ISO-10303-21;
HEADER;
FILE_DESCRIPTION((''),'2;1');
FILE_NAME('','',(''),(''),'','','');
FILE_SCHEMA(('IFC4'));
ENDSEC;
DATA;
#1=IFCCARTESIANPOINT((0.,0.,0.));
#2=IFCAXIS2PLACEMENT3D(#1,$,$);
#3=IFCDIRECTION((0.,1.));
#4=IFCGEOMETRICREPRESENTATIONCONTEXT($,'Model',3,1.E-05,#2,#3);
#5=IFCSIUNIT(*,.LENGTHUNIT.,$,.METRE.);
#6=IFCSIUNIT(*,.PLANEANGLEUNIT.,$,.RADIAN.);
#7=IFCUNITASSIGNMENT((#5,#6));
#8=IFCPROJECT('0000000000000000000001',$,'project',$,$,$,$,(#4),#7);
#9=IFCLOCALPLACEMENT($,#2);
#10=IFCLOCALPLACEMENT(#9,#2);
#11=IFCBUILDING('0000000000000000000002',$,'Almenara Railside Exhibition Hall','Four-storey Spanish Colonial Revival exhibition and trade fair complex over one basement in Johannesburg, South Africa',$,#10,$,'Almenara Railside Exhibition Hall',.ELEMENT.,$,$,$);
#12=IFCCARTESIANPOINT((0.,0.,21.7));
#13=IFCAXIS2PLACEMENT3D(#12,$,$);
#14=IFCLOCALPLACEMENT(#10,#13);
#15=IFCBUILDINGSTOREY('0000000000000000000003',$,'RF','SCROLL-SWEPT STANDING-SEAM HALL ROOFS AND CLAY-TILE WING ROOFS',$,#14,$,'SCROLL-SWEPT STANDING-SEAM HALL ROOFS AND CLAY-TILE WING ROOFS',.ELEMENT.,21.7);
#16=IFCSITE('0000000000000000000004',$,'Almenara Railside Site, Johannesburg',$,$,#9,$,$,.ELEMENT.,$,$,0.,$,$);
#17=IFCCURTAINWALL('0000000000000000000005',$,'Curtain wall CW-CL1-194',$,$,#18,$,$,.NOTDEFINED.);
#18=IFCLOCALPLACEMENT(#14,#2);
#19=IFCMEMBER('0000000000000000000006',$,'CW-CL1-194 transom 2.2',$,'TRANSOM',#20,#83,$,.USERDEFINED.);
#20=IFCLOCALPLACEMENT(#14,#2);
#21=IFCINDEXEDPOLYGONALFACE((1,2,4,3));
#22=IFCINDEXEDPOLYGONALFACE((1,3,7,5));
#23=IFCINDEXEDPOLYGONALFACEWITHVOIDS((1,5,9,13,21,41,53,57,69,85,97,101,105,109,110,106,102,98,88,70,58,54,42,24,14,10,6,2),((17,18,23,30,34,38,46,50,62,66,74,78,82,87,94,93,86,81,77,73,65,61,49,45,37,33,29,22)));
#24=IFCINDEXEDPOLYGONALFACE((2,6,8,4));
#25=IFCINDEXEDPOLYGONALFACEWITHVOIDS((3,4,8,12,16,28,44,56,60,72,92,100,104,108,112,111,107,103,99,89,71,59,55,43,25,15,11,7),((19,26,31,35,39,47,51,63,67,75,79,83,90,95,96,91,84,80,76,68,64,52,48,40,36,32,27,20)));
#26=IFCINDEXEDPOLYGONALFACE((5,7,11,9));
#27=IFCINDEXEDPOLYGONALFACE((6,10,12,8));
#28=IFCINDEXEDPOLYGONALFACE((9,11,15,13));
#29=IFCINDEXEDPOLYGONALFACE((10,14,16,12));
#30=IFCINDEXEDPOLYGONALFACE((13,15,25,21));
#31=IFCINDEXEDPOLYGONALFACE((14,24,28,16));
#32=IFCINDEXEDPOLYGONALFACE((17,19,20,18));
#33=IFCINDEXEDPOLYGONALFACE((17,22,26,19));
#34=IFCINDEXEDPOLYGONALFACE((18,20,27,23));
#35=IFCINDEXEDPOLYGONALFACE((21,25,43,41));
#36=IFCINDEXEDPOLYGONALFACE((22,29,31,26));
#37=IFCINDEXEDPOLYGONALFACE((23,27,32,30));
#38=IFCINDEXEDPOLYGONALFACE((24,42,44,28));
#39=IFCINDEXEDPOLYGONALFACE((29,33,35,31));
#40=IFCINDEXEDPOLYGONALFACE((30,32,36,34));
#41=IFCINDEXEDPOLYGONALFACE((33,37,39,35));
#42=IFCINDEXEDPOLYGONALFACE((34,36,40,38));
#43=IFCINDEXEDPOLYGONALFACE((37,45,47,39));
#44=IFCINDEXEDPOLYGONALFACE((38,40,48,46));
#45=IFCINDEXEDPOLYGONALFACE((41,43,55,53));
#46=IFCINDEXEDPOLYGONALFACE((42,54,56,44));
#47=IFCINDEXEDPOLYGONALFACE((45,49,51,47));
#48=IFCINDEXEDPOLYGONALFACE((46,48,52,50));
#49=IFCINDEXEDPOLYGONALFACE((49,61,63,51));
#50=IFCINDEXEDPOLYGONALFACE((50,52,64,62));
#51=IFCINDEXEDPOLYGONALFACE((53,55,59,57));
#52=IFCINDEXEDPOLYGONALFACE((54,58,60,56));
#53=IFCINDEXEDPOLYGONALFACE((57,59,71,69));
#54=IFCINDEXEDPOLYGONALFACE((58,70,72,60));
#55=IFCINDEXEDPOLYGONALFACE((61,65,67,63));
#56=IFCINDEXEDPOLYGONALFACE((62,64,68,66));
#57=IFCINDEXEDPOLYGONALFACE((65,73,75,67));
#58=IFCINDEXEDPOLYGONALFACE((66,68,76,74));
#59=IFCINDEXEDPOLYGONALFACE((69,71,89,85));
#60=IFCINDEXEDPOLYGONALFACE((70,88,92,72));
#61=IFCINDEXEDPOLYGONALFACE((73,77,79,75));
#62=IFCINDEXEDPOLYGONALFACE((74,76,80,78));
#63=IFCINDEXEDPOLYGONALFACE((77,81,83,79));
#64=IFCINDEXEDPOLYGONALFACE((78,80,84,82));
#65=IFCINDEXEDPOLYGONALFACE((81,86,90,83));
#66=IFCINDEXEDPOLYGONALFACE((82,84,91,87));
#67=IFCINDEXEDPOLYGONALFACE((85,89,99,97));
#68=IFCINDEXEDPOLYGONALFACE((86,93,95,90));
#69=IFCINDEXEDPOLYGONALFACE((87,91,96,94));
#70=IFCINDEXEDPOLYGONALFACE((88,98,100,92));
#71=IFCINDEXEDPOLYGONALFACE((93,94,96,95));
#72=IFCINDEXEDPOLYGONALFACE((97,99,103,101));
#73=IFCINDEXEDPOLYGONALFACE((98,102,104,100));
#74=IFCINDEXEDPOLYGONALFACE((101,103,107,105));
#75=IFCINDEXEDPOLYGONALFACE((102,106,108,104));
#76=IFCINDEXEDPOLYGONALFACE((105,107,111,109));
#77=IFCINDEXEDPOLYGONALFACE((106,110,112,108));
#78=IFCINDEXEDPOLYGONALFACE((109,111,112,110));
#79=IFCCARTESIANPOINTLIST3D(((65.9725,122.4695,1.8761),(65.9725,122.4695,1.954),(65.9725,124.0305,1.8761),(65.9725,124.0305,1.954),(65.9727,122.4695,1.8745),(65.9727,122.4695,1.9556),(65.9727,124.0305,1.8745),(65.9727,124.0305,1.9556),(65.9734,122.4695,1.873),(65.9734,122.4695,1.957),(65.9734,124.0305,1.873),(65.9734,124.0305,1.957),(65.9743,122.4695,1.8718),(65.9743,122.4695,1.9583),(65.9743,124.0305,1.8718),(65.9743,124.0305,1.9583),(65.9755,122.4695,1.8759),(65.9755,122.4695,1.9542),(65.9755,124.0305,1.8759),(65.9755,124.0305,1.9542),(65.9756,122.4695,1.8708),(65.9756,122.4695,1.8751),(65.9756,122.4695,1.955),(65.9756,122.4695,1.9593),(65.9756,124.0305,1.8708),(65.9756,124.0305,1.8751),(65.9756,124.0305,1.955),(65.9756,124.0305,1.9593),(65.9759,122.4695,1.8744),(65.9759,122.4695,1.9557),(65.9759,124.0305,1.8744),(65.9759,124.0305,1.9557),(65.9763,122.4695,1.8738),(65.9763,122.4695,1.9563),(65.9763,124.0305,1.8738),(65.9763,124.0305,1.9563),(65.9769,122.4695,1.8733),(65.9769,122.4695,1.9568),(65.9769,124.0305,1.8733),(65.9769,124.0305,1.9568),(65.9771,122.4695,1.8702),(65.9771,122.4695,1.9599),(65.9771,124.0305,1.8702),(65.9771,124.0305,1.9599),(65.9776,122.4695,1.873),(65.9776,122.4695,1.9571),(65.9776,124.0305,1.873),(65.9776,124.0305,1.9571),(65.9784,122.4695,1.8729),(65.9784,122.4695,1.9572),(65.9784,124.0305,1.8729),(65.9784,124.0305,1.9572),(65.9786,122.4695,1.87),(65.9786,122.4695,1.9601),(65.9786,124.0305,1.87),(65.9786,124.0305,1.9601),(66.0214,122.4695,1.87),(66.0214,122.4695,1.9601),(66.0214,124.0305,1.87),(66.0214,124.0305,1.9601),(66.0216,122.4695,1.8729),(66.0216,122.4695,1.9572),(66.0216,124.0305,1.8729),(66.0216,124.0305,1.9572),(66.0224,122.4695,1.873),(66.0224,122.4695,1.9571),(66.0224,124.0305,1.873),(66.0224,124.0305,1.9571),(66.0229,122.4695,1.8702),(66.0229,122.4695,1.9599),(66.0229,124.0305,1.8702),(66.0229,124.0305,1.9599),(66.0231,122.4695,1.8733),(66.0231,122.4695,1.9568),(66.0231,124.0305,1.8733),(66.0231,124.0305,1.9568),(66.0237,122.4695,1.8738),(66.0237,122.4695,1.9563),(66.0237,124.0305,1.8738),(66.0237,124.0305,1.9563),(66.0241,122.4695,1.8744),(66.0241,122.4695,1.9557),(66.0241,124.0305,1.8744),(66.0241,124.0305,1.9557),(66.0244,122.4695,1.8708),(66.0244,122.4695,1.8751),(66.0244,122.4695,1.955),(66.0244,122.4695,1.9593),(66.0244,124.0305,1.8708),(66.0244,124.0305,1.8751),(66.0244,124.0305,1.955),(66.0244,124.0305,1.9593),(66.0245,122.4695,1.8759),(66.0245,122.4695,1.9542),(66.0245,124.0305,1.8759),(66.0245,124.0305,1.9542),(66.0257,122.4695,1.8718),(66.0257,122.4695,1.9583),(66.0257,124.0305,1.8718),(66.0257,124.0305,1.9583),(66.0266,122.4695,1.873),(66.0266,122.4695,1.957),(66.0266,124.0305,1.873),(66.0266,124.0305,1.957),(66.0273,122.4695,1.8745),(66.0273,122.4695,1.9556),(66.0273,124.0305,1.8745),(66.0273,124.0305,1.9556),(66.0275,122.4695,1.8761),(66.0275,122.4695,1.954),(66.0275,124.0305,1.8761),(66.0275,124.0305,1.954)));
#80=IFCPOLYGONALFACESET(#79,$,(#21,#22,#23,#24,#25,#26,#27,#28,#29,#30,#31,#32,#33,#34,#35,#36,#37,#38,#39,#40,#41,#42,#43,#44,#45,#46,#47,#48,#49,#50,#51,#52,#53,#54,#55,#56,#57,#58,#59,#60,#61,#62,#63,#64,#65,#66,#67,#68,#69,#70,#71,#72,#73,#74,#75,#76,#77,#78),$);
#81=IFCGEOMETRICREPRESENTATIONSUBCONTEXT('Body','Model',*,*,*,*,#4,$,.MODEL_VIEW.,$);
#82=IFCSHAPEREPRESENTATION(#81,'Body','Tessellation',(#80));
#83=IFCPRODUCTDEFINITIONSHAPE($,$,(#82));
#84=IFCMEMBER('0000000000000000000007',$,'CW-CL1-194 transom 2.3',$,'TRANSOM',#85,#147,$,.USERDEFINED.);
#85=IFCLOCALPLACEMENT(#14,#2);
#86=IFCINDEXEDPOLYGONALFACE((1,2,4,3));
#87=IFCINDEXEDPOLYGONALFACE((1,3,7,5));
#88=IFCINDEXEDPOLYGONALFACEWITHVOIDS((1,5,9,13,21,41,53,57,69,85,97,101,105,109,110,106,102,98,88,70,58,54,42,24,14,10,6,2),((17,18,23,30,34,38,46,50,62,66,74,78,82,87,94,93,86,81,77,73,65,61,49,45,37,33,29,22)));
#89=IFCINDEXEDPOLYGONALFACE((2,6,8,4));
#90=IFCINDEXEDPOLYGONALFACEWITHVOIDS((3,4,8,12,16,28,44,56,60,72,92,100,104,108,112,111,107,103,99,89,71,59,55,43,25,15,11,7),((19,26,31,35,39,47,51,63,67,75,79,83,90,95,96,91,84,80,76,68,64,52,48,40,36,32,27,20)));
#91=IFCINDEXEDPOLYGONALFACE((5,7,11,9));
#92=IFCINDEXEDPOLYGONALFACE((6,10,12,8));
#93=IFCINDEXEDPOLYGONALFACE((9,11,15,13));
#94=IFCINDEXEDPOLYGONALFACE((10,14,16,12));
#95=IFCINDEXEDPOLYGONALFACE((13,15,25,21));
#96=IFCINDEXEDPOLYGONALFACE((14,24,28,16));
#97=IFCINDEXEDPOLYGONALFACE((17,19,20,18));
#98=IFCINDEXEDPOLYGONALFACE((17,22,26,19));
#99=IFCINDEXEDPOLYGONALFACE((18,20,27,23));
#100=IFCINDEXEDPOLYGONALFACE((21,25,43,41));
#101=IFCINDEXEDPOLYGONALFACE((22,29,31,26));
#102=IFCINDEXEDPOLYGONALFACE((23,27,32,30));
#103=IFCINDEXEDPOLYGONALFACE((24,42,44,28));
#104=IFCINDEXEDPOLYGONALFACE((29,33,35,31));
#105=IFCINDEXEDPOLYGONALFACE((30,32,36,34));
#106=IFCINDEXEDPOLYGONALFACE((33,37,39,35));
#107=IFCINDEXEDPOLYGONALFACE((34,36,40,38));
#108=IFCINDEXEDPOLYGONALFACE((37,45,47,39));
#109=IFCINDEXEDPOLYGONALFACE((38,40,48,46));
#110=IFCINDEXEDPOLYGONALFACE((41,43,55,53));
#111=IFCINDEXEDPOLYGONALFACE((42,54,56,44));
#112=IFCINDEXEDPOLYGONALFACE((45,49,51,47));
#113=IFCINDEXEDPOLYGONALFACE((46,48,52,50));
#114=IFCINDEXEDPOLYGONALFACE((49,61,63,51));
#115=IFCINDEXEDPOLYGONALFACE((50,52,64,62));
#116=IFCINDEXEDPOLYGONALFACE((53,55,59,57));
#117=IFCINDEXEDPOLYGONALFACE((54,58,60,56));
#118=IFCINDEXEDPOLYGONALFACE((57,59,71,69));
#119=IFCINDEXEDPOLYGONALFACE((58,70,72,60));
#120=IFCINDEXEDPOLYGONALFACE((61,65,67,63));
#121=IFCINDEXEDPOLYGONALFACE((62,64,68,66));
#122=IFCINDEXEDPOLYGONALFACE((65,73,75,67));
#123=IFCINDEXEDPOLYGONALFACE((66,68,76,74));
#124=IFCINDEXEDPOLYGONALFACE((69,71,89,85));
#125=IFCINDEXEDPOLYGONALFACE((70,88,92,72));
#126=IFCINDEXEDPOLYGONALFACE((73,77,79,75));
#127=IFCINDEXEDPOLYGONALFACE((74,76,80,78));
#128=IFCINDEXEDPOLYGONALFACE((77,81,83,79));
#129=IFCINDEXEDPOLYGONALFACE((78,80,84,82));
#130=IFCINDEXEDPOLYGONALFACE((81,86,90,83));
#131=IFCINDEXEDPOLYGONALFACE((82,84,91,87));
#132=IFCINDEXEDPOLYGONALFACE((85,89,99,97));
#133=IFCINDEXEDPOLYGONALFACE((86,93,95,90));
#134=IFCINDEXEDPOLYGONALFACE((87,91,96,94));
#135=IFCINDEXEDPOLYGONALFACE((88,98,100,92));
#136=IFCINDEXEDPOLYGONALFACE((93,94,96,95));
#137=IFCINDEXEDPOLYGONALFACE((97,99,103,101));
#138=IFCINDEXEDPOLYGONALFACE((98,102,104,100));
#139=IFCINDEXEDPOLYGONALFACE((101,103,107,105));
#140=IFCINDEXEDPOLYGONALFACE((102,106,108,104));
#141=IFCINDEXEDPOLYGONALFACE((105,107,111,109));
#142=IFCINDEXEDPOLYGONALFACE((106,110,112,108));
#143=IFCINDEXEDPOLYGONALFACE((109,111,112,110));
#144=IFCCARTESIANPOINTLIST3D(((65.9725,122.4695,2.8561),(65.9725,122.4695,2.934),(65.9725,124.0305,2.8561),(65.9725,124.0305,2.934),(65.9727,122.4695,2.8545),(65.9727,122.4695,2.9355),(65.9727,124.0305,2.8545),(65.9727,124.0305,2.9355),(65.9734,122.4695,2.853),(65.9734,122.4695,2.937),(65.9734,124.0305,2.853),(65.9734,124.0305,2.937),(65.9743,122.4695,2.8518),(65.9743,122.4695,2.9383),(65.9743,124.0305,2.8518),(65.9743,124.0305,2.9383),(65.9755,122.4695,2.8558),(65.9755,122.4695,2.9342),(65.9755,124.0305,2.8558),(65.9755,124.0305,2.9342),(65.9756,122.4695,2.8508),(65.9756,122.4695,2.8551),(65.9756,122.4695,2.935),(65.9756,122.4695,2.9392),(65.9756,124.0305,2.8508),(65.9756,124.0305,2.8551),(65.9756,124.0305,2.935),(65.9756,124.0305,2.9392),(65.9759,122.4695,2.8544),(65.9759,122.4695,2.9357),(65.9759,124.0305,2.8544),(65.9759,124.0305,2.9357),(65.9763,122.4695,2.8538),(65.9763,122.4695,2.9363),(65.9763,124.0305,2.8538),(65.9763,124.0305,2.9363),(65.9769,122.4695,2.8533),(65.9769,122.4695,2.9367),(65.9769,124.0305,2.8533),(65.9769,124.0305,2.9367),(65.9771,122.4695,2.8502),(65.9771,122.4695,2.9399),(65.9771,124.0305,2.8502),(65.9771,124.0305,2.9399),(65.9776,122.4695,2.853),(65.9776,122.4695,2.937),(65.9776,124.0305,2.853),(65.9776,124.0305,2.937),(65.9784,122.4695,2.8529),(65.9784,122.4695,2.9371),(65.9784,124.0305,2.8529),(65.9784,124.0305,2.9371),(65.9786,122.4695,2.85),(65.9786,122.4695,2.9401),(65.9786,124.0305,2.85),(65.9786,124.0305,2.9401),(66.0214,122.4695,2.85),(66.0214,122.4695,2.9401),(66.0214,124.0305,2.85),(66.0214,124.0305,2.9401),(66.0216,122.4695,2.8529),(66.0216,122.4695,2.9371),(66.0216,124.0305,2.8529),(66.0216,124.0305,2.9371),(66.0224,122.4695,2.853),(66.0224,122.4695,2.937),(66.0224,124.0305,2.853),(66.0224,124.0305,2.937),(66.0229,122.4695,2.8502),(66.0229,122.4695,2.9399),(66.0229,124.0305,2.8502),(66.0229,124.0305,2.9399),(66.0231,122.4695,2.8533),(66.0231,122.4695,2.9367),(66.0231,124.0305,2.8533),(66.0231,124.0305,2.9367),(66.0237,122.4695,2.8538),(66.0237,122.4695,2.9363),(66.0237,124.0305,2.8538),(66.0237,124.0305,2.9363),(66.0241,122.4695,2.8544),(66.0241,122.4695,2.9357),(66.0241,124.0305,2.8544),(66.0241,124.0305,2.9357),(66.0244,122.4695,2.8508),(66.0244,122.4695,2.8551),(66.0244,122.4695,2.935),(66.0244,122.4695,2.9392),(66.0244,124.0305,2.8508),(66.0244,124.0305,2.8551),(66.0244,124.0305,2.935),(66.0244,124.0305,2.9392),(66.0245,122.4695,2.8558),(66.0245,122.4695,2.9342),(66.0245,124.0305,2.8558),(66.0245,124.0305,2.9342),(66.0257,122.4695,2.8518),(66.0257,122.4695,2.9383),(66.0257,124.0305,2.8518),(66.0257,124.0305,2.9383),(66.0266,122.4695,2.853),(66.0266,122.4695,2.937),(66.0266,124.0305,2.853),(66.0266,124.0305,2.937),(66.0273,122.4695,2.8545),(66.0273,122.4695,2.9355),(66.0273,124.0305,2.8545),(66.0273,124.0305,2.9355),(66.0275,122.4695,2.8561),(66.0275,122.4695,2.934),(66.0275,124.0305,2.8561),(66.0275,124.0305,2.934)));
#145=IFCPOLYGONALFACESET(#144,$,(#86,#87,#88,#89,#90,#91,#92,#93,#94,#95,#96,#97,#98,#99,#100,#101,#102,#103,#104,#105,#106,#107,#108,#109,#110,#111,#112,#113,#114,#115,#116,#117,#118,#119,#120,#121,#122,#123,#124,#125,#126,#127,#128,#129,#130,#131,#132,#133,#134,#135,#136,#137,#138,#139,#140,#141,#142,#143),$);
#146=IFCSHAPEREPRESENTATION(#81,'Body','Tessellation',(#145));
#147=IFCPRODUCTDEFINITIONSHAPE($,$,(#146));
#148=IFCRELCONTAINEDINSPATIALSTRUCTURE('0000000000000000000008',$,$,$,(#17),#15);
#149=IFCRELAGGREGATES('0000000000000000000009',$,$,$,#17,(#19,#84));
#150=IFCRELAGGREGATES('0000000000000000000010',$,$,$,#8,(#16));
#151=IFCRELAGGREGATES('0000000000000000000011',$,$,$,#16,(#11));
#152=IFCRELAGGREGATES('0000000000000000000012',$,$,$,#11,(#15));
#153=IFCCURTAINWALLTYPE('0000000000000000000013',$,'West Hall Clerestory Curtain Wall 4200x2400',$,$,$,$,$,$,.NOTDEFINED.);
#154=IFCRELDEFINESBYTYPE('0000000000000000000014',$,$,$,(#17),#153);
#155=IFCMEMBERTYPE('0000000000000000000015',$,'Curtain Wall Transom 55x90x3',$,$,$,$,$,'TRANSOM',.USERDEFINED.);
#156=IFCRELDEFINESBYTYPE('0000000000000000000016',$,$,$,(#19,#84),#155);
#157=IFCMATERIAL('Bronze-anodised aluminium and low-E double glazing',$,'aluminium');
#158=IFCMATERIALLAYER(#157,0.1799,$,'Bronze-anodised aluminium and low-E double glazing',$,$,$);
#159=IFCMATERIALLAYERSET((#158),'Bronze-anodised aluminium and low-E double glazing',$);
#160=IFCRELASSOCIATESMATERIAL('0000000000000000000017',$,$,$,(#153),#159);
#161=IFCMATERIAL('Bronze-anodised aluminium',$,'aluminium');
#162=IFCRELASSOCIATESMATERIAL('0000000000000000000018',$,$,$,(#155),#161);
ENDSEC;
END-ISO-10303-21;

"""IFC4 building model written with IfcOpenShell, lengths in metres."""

from ifc_helpers import new_model, si_unit, direction, frame, origin, origin_2d, place, context, subcontext, project, spatial, hollow_rectangle, extrude, material, layer, layer_set, material_profile, profile_set, type_object, element, aggregate, save


model = new_model("IFC4")

# Units and contexts
model_context = context("Model", 3, precision=1e-05, world=origin(), true_north=direction((0.0, 1.0)))
body_context = subcontext(model_context, "Body", "Model", "MODEL_VIEW")
ifc_project = project(units=[si_unit("LENGTHUNIT", "METRE"), si_unit("PLANEANGLEUNIT", "RADIAN")], contexts=[model_context])

# Site, building, storey
site_placement = place(None, origin())
site = spatial("IfcSite", under=ifc_project, at=site_placement, Name="Almenara Railside Site, Johannesburg", CompositionType="ELEMENT", RefElevation=0.0)
building_placement = place(site_placement, origin())
building = spatial("IfcBuilding", under=site, at=building_placement, Name="Almenara Railside Exhibition Hall", Description="Four-storey Spanish Colonial Revival exhibition and trade fair complex over one basement in Johannesburg, South Africa", LongName="Almenara Railside Exhibition Hall", CompositionType="ELEMENT")
storey_placement = place(building_placement, frame((0.0, 0.0, 21.7)))
storey = spatial("IfcBuildingStorey", under=building, at=storey_placement, Name="RF", Description="SCROLL-SWEPT STANDING-SEAM HALL ROOFS AND CLAY-TILE WING ROOFS", LongName="SCROLL-SWEPT STANDING-SEAM HALL ROOFS AND CLAY-TILE WING ROOFS", CompositionType="ELEMENT", Elevation=21.7)

# Curtain wall
ifc_material_1 = material(Name="Bronze-anodised aluminium and low-E double glazing", Category="aluminium")
ifc_layer_1 = layer(ifc_material_1, 0.1799, Name="Bronze-anodised aluminium and low-E double glazing")
ifc_layer_set_1 = layer_set([ifc_layer_1], Name="Bronze-anodised aluminium and low-E double glazing")
curtain_wall_type = type_object("IfcCurtainWallType", Name="West Hall Clerestory Curtain Wall 4200x2400", PredefinedType="NOTDEFINED", material=ifc_layer_set_1)
curtain_wall_1_placement = place(storey_placement, origin())
curtain_wall_1 = element("IfcCurtainWall", 1, at=curtain_wall_1_placement, inside=storey, type_object=curtain_wall_type, Name="Curtain wall CW-CL1-194", PredefinedType="NOTDEFINED")
ifc_material_2 = material(Name="Bronze-anodised aluminium", Category="aluminium")

# Members
ifc_material_profile_1 = material_profile(ifc_material_2, hollow_rectangle(XDim=0.0549, YDim=0.0901, WallThickness=0.0029, InnerFilletRadius=0.0029, OuterFilletRadius=0.0061, at=origin_2d()), Name="ALU-TRN 55x90x3")
ifc_profile_set_1 = profile_set([ifc_material_profile_1], Name="Bronze-anodised aluminium")
member_type_1 = type_object("IfcMemberType", Name="Curtain Wall Transom 55x90x3", ElementType="TRANSOM", PredefinedType="USERDEFINED", material=ifc_profile_set_1)
member_1_placement = place(storey_placement, frame((66.0, 122.4695, 1.915), z_axis=(0.0, 1.0, 0.0), x_axis=(-1.0, 0.0, 0.0)))
member_1 = element("IfcMember", 2, at=member_1_placement, type_object=member_type_1, Name="CW-CL1-194 transom 2.2", ObjectType="TRANSOM", PredefinedType="USERDEFINED", context=body_context, shape_type="SweptSolid", body=[
    extrude(hollow_rectangle(XDim=0.0549, YDim=0.0901, WallThickness=0.0029, InnerFilletRadius=0.0029, OuterFilletRadius=0.0061, at=origin_2d()), origin(), (0.0, 0.0, 1.0), 1.561),
])
member_2_placement = place(storey_placement, frame((66.0, 122.4695, 2.895), z_axis=(0.0, 1.0, 0.0), x_axis=(-1.0, 0.0, 0.0)))
member_2 = element("IfcMember", 3, at=member_2_placement, type_object=member_type_1, Name="CW-CL1-194 transom 2.3", ObjectType="TRANSOM", PredefinedType="USERDEFINED", context=body_context, shape_type="SweptSolid", body=[
    extrude(hollow_rectangle(XDim=0.0549, YDim=0.0901, WallThickness=0.0029, InnerFilletRadius=0.0029, OuterFilletRadius=0.0061, at=origin_2d()), origin(), (0.0, 0.0, 1.0), 1.561),
])

aggregate(curtain_wall_1, [member_1, member_2])

save(model, "model.ifc")
